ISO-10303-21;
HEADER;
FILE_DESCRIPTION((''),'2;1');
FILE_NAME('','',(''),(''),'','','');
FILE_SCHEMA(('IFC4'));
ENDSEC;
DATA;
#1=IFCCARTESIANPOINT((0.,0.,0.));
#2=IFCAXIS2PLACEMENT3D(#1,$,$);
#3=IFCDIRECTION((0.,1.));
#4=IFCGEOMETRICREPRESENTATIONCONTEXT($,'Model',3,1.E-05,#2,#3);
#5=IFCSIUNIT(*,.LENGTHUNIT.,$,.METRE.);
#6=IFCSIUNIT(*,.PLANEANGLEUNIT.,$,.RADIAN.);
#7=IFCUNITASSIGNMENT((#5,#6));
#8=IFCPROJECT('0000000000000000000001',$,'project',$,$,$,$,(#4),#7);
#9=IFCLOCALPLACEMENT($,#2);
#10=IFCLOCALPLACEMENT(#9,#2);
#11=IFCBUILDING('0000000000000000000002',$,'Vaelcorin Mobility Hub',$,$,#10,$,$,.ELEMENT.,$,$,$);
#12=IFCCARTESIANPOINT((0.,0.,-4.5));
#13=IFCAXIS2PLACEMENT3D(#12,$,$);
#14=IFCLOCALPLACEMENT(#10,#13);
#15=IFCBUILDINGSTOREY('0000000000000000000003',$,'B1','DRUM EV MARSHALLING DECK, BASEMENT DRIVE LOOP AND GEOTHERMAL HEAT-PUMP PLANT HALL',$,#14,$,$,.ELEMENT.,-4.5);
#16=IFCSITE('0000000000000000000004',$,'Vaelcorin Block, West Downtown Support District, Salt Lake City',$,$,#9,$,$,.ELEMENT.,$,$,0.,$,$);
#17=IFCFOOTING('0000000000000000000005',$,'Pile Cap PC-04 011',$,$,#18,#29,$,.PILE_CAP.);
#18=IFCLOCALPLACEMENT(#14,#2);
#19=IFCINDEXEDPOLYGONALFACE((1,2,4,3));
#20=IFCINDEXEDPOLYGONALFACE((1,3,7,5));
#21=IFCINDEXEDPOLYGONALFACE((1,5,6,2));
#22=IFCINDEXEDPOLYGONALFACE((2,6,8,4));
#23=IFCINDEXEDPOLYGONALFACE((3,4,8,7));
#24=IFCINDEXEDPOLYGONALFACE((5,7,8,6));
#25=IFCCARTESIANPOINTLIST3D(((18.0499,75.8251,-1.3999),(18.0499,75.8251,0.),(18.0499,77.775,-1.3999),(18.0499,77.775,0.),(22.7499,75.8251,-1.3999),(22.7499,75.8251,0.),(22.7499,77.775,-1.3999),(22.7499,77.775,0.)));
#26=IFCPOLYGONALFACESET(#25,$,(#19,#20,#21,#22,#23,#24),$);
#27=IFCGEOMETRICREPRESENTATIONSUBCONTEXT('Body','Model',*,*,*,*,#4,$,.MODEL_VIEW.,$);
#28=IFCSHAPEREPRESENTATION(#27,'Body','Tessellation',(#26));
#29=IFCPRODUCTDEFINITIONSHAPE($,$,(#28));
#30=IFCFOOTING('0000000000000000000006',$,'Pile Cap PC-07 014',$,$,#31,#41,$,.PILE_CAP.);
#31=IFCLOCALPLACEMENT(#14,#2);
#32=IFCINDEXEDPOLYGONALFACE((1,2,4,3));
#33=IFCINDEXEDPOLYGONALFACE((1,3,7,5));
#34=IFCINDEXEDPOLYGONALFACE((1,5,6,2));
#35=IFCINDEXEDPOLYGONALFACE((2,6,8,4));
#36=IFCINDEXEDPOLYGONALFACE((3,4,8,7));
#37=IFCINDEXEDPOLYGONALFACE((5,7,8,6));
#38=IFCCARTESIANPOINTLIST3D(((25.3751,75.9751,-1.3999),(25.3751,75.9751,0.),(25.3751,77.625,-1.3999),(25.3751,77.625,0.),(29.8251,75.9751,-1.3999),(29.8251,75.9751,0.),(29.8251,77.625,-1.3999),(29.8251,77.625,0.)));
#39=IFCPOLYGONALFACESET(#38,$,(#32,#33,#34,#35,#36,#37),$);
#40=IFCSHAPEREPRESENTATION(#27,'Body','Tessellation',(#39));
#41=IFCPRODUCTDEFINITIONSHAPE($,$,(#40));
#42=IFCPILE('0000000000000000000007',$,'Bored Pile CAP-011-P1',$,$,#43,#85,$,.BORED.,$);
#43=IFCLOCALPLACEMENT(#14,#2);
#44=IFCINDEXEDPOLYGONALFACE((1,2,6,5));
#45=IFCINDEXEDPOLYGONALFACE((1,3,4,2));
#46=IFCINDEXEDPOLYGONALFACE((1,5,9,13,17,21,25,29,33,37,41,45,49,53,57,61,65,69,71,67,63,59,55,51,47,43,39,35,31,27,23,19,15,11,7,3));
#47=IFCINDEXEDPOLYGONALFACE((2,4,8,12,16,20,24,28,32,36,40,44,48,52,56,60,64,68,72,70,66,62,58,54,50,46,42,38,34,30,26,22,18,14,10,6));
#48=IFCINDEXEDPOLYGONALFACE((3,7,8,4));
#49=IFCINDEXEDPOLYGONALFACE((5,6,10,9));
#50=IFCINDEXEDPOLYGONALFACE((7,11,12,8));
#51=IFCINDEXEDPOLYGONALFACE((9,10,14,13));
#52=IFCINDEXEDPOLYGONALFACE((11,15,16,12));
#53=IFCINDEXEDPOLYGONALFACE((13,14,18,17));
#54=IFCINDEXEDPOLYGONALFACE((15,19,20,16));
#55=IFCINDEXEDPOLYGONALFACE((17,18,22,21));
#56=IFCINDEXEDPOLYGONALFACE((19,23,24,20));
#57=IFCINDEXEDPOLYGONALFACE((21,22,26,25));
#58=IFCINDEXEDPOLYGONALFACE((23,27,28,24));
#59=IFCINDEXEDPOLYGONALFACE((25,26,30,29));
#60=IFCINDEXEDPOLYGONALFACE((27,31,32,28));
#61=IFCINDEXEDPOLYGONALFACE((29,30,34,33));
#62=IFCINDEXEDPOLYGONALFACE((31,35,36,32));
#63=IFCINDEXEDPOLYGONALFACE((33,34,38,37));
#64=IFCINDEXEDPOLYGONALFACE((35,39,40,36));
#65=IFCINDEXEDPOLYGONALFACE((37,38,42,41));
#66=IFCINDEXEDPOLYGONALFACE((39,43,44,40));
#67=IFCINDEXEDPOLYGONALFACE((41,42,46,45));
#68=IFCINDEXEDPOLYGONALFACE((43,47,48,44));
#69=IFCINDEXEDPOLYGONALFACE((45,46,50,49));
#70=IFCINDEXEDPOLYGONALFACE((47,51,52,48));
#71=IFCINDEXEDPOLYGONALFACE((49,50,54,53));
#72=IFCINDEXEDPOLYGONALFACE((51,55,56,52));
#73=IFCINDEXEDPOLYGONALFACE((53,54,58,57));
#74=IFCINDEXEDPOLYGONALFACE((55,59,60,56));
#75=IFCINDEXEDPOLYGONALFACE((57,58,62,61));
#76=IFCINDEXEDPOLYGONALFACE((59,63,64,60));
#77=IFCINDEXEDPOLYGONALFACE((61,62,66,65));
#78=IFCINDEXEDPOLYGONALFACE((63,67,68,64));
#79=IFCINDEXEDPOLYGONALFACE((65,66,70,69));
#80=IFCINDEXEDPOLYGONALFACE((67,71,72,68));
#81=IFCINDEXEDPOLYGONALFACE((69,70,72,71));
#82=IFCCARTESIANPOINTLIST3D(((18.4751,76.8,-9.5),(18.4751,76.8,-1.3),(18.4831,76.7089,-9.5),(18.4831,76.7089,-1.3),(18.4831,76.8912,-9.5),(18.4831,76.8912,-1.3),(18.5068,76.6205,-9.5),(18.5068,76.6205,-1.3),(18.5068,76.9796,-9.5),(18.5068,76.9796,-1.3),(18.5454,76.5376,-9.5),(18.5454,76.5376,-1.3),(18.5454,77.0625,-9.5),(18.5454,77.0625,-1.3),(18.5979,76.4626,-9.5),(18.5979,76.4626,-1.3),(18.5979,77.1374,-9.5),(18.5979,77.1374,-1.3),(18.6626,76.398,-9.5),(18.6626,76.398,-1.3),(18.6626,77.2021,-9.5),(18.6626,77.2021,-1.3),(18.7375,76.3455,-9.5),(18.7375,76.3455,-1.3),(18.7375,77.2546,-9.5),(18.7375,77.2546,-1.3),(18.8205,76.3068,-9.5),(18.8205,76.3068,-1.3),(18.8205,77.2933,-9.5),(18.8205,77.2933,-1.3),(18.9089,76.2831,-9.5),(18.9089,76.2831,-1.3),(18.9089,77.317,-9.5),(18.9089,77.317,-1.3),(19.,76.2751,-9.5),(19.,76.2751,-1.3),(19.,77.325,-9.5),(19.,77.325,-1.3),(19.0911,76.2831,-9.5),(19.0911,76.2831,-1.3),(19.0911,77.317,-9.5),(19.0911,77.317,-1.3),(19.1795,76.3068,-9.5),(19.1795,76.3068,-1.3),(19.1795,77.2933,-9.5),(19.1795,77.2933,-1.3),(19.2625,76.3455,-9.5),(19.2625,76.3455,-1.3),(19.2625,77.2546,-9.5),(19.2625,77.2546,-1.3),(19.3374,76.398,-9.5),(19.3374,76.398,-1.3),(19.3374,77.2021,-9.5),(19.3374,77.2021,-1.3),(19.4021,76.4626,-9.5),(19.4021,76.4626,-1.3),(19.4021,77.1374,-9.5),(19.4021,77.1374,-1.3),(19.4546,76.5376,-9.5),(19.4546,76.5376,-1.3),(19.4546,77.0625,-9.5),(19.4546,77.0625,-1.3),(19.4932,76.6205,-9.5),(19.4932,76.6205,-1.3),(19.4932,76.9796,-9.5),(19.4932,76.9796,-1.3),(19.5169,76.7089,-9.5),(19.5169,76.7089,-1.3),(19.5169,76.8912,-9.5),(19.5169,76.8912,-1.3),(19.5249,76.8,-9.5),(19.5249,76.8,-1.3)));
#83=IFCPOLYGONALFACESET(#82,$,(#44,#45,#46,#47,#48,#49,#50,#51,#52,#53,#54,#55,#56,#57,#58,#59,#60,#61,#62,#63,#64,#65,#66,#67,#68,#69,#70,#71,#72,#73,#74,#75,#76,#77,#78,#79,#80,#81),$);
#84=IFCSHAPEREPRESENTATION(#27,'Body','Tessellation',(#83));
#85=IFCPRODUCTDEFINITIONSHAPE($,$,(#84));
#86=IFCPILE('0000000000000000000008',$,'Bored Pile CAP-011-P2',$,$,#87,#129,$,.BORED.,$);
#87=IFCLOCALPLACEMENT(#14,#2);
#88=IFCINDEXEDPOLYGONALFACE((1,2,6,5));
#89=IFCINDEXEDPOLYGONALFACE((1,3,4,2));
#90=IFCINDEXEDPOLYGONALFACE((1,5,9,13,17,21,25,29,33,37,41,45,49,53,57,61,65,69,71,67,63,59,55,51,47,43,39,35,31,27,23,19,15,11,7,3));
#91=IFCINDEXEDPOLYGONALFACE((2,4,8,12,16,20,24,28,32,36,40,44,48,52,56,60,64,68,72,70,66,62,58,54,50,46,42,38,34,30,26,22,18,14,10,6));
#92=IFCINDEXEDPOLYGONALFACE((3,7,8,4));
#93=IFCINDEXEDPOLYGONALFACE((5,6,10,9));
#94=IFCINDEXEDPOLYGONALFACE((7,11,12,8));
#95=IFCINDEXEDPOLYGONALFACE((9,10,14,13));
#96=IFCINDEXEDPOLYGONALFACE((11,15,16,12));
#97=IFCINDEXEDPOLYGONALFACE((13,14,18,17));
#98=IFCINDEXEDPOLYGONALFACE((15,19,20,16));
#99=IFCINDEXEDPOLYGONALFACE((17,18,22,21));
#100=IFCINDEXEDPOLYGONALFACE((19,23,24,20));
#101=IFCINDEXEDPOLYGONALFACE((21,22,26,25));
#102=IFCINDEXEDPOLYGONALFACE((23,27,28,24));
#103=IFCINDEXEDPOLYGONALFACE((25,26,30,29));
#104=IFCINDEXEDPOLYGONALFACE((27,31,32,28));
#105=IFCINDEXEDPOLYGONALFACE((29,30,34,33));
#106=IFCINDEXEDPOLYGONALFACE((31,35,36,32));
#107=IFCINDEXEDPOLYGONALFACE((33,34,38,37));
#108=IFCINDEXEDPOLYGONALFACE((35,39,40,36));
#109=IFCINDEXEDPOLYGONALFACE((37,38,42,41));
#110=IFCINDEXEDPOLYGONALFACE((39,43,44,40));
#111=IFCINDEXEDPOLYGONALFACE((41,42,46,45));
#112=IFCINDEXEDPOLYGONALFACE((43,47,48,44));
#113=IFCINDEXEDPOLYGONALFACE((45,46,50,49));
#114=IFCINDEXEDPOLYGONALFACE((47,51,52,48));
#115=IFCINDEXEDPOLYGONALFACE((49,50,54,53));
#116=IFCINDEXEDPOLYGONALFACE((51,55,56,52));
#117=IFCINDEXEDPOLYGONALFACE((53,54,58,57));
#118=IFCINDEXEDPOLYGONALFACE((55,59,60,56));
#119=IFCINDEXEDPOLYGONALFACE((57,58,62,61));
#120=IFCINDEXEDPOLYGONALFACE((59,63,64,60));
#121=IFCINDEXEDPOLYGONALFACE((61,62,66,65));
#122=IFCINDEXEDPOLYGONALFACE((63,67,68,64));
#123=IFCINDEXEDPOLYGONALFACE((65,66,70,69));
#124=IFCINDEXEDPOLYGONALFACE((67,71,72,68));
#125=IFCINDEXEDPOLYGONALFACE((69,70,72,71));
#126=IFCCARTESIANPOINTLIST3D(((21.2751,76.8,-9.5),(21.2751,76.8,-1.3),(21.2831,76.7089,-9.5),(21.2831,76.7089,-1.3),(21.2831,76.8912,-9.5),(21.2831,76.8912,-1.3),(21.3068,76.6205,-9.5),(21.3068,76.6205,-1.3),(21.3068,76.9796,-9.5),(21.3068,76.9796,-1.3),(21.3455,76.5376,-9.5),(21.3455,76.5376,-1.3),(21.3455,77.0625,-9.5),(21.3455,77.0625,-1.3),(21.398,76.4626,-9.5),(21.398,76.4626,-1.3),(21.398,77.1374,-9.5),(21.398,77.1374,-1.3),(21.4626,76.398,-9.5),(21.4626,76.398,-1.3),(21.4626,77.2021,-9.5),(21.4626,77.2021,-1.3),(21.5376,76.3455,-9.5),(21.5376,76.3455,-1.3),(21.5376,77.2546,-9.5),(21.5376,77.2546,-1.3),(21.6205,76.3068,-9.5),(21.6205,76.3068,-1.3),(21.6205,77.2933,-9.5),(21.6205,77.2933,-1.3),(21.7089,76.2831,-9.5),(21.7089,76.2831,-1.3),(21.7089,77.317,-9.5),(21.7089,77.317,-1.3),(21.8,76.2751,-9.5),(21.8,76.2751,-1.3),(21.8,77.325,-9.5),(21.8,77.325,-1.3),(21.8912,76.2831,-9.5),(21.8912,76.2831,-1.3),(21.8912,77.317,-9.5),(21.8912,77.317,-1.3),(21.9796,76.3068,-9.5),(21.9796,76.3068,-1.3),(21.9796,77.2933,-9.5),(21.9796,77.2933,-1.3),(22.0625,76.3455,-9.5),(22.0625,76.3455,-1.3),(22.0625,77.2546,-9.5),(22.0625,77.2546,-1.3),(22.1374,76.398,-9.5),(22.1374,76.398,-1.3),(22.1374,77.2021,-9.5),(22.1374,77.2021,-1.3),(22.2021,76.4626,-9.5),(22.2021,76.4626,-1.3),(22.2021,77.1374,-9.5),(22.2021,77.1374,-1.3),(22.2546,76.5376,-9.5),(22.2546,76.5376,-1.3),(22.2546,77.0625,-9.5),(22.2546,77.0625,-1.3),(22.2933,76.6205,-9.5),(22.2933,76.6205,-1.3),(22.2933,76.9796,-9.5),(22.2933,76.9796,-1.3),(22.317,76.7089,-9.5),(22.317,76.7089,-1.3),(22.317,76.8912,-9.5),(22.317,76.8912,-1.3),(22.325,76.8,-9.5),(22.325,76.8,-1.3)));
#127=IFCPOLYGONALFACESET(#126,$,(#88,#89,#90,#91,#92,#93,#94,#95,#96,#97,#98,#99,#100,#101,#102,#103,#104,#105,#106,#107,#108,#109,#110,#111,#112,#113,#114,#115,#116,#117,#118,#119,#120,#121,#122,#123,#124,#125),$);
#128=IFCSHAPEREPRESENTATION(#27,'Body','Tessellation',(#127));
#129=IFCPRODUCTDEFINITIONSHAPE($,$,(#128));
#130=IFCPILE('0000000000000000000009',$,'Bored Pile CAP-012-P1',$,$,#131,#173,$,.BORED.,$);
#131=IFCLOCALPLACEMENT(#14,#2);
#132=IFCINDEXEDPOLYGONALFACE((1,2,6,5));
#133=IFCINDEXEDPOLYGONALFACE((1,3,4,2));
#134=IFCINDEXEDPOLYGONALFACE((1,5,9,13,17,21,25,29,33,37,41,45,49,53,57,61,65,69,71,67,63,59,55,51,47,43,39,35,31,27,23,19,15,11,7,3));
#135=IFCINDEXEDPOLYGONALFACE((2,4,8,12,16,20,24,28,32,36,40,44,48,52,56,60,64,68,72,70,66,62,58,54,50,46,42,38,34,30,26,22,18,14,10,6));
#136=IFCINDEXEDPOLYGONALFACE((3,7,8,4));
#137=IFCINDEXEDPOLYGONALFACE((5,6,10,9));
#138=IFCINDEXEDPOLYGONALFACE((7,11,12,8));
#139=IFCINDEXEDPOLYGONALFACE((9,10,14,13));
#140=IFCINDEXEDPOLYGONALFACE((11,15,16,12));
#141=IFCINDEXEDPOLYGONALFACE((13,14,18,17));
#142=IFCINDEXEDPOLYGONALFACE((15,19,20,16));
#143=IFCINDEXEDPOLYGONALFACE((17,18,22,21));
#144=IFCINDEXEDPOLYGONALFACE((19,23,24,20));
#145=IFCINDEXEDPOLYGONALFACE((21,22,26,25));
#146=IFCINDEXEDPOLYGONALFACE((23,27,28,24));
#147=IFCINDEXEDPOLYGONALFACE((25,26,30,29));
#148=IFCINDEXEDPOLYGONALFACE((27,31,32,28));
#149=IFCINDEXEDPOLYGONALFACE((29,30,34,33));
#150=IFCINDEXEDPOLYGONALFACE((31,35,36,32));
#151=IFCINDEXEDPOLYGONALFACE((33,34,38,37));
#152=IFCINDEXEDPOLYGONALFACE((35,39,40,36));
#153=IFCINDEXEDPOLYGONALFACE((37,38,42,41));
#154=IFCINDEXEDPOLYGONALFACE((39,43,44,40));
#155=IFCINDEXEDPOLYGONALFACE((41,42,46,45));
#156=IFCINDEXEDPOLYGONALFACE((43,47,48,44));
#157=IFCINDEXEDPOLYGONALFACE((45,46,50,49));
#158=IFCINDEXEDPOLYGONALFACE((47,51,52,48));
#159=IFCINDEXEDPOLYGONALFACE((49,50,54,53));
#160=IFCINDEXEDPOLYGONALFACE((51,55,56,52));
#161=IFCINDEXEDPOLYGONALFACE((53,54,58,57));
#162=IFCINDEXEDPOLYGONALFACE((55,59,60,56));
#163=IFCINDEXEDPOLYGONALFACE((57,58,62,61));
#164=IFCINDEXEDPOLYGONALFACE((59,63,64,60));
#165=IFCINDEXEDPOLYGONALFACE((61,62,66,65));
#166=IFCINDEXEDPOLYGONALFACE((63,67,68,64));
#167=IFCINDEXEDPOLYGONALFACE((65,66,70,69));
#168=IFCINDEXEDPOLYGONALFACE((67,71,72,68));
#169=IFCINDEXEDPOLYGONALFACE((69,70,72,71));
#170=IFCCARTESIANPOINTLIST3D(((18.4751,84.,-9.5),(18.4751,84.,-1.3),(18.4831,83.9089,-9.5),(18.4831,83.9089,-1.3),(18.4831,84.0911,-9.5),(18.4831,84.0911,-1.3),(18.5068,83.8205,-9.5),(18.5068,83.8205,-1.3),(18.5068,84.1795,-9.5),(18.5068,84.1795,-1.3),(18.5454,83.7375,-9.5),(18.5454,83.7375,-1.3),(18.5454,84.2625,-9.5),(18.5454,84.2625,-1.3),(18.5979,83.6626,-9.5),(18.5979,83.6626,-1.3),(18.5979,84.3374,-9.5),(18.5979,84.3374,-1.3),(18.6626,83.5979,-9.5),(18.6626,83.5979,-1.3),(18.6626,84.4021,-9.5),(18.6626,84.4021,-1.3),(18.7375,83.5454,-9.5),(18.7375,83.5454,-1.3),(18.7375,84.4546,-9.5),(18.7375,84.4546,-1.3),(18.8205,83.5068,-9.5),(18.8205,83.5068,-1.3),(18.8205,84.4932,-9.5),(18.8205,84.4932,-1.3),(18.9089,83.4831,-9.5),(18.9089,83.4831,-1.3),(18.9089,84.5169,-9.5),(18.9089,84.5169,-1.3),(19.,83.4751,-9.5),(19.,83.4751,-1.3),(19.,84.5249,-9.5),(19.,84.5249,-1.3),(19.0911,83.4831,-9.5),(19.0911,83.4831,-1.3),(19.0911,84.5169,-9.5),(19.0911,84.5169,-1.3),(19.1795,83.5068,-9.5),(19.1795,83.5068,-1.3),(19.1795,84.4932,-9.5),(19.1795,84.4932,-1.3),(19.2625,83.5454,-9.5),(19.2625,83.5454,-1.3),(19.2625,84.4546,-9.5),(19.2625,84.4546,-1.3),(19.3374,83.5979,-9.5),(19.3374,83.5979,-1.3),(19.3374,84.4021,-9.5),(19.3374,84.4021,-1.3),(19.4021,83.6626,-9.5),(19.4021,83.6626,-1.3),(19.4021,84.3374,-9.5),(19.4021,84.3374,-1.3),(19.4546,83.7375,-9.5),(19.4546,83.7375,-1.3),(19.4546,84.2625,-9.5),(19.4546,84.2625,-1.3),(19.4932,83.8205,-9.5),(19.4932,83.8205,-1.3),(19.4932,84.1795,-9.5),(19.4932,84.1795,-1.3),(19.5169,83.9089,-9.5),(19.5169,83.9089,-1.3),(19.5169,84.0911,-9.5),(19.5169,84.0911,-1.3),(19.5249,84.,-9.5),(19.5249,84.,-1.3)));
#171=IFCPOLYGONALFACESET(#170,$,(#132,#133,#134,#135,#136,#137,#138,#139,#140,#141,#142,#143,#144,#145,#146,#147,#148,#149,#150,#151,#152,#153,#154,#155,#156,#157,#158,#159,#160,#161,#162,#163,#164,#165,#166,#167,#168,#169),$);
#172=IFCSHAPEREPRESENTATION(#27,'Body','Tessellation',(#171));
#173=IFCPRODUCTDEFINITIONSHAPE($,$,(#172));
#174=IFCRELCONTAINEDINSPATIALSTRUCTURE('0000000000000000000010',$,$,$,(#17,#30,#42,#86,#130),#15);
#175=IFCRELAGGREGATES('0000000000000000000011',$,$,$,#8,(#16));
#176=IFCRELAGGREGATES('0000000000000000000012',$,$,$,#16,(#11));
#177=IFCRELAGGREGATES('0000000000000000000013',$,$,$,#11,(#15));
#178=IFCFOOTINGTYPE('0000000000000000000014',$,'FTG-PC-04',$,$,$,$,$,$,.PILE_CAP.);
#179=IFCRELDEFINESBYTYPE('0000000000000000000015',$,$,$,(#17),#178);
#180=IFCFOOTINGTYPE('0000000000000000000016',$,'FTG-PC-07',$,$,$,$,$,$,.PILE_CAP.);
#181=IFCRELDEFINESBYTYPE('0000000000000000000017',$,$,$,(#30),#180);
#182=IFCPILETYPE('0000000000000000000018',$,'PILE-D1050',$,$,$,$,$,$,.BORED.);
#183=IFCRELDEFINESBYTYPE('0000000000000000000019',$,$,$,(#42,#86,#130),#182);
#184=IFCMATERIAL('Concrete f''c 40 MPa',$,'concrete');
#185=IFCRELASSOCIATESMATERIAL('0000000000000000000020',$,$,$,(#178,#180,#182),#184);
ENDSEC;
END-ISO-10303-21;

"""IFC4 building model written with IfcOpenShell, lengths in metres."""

from ifc_helpers import new_model, si_unit, direction, frame, origin, origin_2d, place, context, subcontext, project, spatial, rectangle, circle, extrude, material, material_profile, profile_set, type_object, element, save


model = new_model("IFC4")

# Units and contexts
model_context = context("Model", 3, precision=1e-05, world=origin(), true_north=direction((0.0, 1.0)))
body_context = subcontext(model_context, "Body", "Model", "MODEL_VIEW")
ifc_project = project(units=[si_unit("LENGTHUNIT", "METRE"), si_unit("PLANEANGLEUNIT", "RADIAN")], contexts=[model_context])

# Site, building, storey
site_placement = place(None, origin())
site = spatial("IfcSite", under=ifc_project, at=site_placement, Name="Vaelcorin Block, West Downtown Support District, Salt Lake City", CompositionType="ELEMENT", RefElevation=0.0)
building_placement = place(site_placement, origin())
building = spatial("IfcBuilding", under=site, at=building_placement, Name="Vaelcorin Mobility Hub", CompositionType="ELEMENT")
storey_placement = place(building_placement, frame((0.0, 0.0, -4.5)))
storey = spatial("IfcBuildingStorey", under=building, at=storey_placement, Name="B1", Description="DRUM EV MARSHALLING DECK, BASEMENT DRIVE LOOP AND GEOTHERMAL HEAT-PUMP PLANT HALL", CompositionType="ELEMENT", Elevation=-4.5)

# Footings
ifc_material_1 = material(Name="Concrete f'c 40 MPa", Category="concrete")
footing_type_1 = type_object("IfcFootingType", Name="FTG-PC-04", PredefinedType="PILE_CAP", material=ifc_material_1)
footing_1_placement = place(storey_placement, frame((20.3999, 76.8, -1.3999), z_axis=(0.0, 0.0, 1.0), x_axis=(1.0, 0.0, 0.0)))
element("IfcFooting", 1, at=footing_1_placement, inside=storey, type_object=footing_type_1, Name="Pile Cap PC-04 011", PredefinedType="PILE_CAP", context=body_context, shape_type="SweptSolid", body=[
    extrude(rectangle(XDim=4.7, YDim=1.95, at=origin_2d()), origin(), (0.0, 0.0, 1.0), 1.3999),
])
footing_type_2 = type_object("IfcFootingType", Name="FTG-PC-07", PredefinedType="PILE_CAP", material=ifc_material_1)
footing_2_placement = place(storey_placement, frame((27.6001, 76.8, -1.3999), z_axis=(0.0, 0.0, 1.0), x_axis=(1.0, 0.0, 0.0)))
element("IfcFooting", 2, at=footing_2_placement, inside=storey, type_object=footing_type_2, Name="Pile Cap PC-07 014", PredefinedType="PILE_CAP", context=body_context, shape_type="SweptSolid", body=[
    extrude(rectangle(XDim=4.45, YDim=1.6499, at=origin_2d()), origin(), (0.0, 0.0, 1.0), 1.3999),
])

# Piles
ifc_material_profile_1 = material_profile(ifc_material_1, circle(Radius=0.5249, at=origin_2d()), Name="BP-D1050")
ifc_profile_set_1 = profile_set([ifc_material_profile_1], Name="Concrete f'c 40 MPa")
pile_type = type_object("IfcPileType", Name="PILE-D1050", PredefinedType="BORED", material=ifc_profile_set_1)
for number, where, z_axis, x_axis, name in (
    (3, (19.0, 76.8, -1.3), (0.0, 0.0, -1.0), (1.0, 0.0, 0.0), "Bored Pile CAP-011-P1"),
    (4, (21.8, 76.8, -1.3), (0.0, 0.0, -1.0), (1.0, 0.0, 0.0), "Bored Pile CAP-011-P2"),
    (5, (19.0, 84.0, -1.3), (0.0, 0.0, -1.0), (1.0, 0.0, 0.0), "Bored Pile CAP-012-P1"),
):
    element("IfcPile", number, at=place(storey_placement, frame(where, z_axis=z_axis, x_axis=x_axis)), inside=storey, type_object=pile_type, Name=name, PredefinedType="BORED", context=body_context, shape_type="SweptSolid", body=[
        extrude(circle(Radius=0.5249, at=origin_2d()), origin(), (0.0, 0.0, 1.0), 8.2),
    ])

save(model, "model.ifc")
